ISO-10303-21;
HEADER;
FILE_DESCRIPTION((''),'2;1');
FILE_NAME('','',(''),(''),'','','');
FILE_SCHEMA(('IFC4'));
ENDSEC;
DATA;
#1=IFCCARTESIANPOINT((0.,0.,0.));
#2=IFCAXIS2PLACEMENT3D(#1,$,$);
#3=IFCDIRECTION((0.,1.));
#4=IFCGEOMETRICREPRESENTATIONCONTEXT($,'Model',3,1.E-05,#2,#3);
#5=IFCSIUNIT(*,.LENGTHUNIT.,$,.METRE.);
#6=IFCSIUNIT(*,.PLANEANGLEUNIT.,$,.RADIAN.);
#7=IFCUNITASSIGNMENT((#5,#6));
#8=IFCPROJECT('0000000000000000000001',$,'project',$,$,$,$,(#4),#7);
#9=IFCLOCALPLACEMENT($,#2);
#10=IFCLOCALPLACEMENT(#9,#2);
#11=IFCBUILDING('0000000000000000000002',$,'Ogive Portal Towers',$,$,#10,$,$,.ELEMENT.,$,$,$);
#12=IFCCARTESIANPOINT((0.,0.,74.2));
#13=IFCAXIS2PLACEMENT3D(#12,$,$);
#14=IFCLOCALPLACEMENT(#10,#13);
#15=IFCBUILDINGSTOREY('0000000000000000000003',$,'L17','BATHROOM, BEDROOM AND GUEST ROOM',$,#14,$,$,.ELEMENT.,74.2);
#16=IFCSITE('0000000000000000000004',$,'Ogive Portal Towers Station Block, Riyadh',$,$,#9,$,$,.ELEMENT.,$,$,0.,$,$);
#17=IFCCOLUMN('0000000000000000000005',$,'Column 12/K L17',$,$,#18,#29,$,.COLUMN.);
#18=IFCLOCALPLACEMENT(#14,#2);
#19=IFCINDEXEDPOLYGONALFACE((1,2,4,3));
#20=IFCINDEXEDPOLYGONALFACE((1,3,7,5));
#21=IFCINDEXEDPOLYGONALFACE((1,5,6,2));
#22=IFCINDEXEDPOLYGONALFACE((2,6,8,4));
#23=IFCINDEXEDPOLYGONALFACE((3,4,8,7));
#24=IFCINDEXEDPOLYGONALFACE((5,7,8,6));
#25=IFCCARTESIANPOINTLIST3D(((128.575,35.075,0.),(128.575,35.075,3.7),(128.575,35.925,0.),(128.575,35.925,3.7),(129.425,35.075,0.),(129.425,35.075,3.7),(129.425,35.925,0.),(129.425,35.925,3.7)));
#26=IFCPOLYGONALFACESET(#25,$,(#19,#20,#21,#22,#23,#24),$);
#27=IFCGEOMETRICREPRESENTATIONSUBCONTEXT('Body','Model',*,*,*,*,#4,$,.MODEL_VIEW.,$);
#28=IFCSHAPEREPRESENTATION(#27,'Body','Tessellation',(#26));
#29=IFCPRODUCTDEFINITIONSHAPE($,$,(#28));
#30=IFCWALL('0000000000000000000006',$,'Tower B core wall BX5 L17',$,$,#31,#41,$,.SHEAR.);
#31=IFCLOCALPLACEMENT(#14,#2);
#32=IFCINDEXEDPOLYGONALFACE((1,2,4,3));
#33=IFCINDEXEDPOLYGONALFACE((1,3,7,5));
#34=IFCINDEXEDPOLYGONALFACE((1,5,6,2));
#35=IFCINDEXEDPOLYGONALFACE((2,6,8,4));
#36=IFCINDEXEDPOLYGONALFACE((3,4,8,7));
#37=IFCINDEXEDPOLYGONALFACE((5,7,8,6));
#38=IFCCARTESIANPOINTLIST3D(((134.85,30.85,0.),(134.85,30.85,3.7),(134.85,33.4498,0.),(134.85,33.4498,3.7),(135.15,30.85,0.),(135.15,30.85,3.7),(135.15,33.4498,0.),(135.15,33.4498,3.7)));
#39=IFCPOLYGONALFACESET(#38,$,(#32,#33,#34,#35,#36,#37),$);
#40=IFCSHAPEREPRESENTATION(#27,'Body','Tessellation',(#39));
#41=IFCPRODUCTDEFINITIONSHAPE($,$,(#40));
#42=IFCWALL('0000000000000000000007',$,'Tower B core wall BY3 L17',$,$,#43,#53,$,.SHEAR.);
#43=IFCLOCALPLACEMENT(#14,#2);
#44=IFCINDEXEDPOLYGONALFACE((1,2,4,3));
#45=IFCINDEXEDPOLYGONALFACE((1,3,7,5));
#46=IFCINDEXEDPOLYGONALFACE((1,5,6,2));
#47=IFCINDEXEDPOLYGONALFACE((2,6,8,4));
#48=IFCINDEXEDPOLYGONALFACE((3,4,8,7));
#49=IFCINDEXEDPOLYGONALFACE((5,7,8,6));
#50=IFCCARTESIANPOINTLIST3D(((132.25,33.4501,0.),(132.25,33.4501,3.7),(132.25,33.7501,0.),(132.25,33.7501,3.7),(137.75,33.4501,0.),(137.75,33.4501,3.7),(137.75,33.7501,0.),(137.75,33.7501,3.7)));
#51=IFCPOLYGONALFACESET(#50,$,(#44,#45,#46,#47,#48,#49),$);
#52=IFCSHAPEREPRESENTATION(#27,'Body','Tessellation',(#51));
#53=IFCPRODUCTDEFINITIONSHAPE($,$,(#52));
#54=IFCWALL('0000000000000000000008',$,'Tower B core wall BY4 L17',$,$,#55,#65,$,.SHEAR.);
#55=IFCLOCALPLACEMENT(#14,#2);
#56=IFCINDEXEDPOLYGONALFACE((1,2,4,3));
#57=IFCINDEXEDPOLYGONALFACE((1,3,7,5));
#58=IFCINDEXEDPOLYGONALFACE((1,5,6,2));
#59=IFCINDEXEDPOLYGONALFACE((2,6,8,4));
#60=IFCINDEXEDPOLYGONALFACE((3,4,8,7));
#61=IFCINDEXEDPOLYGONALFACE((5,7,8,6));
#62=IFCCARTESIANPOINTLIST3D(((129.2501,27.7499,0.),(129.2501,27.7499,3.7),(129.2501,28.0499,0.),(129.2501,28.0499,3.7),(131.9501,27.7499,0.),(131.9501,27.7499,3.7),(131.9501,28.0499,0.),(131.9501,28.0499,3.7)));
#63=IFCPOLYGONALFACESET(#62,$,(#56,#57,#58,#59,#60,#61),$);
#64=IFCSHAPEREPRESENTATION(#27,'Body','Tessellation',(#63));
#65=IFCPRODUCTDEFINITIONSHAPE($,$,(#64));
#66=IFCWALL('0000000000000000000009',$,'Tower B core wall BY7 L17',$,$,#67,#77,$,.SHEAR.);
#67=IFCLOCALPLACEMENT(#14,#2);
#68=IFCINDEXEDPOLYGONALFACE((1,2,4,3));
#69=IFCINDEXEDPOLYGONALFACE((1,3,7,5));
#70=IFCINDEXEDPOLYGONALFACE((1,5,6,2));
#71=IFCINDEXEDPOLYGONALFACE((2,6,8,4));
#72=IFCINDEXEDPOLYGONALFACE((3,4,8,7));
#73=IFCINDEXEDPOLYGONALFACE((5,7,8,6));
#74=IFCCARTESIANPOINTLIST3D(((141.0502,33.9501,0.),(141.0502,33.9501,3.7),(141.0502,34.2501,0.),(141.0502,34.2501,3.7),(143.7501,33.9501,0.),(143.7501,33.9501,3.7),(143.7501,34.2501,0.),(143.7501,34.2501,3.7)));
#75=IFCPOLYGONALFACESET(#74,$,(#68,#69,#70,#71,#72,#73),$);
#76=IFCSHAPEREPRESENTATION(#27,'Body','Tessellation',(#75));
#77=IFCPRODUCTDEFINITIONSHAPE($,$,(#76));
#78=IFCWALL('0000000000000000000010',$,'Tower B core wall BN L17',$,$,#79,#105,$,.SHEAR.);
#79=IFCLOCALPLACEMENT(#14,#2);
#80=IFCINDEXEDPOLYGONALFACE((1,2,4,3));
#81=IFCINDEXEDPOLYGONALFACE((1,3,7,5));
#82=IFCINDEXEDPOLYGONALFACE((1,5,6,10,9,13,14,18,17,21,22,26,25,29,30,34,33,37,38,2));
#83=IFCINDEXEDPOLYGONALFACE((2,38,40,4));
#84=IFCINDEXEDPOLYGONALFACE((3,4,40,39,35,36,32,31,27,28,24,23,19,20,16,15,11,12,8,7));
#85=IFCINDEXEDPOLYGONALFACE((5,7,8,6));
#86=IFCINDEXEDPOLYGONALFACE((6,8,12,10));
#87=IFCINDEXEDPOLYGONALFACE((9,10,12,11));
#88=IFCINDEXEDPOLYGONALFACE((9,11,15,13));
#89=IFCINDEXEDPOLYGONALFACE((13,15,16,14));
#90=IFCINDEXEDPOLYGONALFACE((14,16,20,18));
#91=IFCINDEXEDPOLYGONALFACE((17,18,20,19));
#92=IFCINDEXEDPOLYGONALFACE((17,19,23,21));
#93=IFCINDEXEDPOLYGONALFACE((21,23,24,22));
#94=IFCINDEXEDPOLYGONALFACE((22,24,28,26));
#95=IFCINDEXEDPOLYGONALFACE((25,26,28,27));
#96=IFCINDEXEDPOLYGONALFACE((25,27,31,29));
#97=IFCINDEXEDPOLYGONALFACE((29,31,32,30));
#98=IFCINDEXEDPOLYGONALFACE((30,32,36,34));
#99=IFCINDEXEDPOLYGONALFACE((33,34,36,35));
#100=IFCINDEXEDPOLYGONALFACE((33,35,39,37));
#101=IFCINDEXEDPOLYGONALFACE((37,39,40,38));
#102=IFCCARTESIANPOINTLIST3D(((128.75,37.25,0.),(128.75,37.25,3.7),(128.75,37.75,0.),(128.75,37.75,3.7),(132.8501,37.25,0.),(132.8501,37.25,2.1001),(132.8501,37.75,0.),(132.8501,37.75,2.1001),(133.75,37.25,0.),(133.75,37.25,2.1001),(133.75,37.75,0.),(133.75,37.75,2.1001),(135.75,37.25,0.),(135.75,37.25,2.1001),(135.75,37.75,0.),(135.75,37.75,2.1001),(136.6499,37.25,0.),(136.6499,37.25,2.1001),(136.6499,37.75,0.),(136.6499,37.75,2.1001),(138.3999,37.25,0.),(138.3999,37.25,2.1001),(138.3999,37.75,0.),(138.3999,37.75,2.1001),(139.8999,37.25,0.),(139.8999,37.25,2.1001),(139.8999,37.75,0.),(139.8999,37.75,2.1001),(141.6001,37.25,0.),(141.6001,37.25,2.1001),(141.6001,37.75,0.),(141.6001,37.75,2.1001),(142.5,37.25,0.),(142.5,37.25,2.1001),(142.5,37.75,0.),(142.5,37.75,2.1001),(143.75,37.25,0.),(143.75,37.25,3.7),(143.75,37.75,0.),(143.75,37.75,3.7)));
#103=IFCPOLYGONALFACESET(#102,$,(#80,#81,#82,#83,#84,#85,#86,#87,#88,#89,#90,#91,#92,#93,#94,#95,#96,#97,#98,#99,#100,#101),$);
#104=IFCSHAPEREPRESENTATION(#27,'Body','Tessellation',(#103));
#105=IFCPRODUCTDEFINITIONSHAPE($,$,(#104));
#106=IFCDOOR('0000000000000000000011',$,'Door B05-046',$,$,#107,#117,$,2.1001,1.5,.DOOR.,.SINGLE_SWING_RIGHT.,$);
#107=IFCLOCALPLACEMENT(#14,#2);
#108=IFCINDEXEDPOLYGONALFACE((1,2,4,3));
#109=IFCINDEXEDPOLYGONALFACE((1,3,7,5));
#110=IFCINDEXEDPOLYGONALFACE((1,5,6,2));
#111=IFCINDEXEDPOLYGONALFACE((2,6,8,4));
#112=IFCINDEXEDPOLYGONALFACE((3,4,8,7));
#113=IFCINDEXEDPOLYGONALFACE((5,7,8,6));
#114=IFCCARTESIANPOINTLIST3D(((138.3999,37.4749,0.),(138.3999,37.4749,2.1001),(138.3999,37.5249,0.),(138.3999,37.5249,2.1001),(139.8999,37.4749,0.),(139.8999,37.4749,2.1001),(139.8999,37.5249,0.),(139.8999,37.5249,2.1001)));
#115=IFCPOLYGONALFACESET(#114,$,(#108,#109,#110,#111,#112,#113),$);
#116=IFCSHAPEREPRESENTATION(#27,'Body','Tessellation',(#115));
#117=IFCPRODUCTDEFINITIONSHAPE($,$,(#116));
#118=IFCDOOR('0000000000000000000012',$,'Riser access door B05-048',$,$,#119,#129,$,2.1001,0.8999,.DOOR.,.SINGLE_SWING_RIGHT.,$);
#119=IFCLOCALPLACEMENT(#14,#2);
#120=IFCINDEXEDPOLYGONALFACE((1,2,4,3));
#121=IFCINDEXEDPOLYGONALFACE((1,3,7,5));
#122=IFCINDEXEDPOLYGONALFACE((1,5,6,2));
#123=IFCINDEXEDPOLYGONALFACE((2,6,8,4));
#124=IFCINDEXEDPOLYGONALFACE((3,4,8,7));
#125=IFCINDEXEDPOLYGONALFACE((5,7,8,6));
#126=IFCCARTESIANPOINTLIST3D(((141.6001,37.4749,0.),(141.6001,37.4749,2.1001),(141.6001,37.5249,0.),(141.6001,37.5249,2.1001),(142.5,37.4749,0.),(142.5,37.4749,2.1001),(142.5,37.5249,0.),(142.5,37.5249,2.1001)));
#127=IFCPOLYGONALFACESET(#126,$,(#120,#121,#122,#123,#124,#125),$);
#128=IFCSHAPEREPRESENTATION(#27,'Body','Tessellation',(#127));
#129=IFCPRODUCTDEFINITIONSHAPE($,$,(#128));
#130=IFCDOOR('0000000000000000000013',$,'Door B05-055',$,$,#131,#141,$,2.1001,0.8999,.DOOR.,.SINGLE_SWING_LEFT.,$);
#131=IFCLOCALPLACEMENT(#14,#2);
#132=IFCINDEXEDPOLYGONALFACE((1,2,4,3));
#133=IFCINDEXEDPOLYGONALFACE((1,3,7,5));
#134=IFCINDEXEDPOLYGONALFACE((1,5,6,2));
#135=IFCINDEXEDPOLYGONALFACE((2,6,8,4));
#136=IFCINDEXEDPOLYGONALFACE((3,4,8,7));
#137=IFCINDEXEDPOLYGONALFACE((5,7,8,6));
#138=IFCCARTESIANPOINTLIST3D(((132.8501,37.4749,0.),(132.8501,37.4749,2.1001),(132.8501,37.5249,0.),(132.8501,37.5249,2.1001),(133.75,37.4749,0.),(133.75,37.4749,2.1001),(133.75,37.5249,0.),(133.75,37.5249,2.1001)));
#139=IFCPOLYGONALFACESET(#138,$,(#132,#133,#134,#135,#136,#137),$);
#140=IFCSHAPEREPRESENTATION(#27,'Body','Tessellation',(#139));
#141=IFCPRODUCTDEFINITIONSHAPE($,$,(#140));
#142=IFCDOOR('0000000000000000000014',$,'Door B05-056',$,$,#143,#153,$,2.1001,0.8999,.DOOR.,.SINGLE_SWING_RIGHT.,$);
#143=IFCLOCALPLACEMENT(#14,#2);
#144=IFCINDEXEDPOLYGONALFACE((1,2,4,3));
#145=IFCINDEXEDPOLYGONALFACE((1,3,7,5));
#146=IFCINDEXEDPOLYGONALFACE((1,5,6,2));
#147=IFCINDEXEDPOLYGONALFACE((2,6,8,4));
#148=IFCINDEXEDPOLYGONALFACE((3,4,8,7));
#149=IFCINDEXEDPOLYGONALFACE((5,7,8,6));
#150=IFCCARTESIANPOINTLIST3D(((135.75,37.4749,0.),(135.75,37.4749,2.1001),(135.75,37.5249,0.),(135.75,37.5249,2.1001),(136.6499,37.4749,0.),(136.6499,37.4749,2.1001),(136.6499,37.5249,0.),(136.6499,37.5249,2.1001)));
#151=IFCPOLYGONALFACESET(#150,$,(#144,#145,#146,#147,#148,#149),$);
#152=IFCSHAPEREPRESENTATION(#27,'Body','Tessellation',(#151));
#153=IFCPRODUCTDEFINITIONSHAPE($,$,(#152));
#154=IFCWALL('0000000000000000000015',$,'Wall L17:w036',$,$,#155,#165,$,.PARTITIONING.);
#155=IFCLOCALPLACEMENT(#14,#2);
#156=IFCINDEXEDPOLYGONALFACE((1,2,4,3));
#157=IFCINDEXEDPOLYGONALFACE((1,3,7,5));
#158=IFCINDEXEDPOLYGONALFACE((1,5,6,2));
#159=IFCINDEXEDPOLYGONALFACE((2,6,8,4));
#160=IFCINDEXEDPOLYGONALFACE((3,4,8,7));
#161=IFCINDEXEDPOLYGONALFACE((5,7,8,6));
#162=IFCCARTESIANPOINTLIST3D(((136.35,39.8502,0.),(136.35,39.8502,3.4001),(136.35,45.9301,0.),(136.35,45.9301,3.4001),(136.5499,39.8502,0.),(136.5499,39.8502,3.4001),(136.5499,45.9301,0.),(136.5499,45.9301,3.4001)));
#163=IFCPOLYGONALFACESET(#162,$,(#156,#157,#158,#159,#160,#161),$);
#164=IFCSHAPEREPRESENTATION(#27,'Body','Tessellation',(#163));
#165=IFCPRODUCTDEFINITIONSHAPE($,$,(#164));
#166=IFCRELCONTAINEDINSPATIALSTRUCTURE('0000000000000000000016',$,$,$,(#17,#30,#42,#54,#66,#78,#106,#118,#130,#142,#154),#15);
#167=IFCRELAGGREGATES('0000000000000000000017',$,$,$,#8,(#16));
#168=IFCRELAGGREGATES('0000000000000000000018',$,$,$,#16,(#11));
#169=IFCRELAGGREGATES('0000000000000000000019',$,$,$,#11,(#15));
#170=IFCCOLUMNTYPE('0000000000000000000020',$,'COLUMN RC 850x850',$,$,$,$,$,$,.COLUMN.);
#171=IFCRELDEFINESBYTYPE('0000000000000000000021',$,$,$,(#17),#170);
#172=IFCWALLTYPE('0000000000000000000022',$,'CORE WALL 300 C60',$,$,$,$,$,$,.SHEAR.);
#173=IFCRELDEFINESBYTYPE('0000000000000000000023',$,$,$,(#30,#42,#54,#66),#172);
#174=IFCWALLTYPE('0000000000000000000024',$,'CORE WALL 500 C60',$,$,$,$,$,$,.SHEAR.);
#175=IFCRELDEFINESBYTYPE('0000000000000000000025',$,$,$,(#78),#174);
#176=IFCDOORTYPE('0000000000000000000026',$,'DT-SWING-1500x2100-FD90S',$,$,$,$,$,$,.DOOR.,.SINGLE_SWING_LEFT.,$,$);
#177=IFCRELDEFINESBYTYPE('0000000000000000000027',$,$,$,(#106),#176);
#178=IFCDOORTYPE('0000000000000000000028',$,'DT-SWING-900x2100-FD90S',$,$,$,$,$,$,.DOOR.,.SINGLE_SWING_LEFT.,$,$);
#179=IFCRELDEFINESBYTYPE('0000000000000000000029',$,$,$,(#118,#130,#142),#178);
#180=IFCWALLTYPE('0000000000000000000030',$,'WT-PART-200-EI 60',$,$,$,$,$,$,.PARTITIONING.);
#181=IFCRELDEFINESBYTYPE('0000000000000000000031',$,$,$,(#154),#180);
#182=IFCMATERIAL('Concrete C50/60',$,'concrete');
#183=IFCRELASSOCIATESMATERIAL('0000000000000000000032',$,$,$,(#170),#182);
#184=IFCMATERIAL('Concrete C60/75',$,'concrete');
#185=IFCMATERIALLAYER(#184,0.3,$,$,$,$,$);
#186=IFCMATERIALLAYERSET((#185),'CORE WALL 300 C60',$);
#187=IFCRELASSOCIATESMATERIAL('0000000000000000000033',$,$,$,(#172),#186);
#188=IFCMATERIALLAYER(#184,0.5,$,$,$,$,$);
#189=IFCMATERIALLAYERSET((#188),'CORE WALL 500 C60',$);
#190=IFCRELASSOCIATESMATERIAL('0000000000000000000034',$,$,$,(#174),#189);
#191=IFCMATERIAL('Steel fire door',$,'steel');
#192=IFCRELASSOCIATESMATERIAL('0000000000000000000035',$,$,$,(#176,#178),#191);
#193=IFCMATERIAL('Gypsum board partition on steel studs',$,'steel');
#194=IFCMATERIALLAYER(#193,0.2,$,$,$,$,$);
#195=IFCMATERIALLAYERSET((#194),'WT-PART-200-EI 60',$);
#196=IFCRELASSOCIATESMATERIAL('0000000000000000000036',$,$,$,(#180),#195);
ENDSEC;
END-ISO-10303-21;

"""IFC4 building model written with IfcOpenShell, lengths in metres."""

from ifc_helpers import new_model, si_unit, direction, frame, frame_2d, origin, origin_2d, place, context, subcontext, project, spatial, rectangle, extrude, material, layer, layer_set, material_profile, profile_set, type_object, element, fill, save


model = new_model("IFC4")

# Units and contexts
model_context = context("Model", 3, precision=1e-05, world=origin(), true_north=direction((0.0, 1.0)))
body_context = subcontext(model_context, "Body", "Model", "MODEL_VIEW")
ifc_project = project(units=[si_unit("LENGTHUNIT", "METRE"), si_unit("PLANEANGLEUNIT", "RADIAN")], contexts=[model_context])

# Site, building, storey
site_placement = place(None, origin())
site = spatial("IfcSite", under=ifc_project, at=site_placement, Name="Ogive Portal Towers Station Block, Riyadh", CompositionType="ELEMENT", RefElevation=0.0)
building_placement = place(site_placement, origin())
building = spatial("IfcBuilding", under=site, at=building_placement, Name="Ogive Portal Towers", CompositionType="ELEMENT")
storey_placement = place(building_placement, frame((0.0, 0.0, 74.2)))
storey = spatial("IfcBuildingStorey", under=building, at=storey_placement, Name="L17", Description="BATHROOM, BEDROOM AND GUEST ROOM", CompositionType="ELEMENT", Elevation=74.2)

# Column
ifc_material_1 = material(Name="Concrete C50/60", Category="concrete")
ifc_material_profile = material_profile(ifc_material_1, rectangle(XDim=0.8501, YDim=0.8501, at=origin_2d()), Name="RC 850x850")
ifc_profile_set = profile_set([ifc_material_profile], Name="Concrete C50/60")
column_type = type_object("IfcColumnType", Name="COLUMN RC 850x850", PredefinedType="COLUMN", material=ifc_profile_set)
column_placement = place(storey_placement, frame((129.0, 35.5, 0.0), z_axis=(0.0, 0.0, 1.0), x_axis=(1.0, 0.0, 0.0)))
element("IfcColumn", 1, at=column_placement, inside=storey, type_object=column_type, Name="Column 12/K L17", PredefinedType="COLUMN", context=body_context, shape_type="SweptSolid", body=[
    extrude(rectangle(XDim=0.8501, YDim=0.8501, at=origin_2d()), origin(), (0.0, 0.0, 1.0), 3.7),
])

# Wall
ifc_material_2 = material(Name="Concrete C60/75", Category="concrete")
ifc_layer_1 = layer(ifc_material_2, 0.3)
ifc_layer_set_1 = layer_set([ifc_layer_1], Name="CORE WALL 300 C60")
wall_type_1 = type_object("IfcWallType", Name="CORE WALL 300 C60", PredefinedType="SHEAR", material=ifc_layer_set_1)
wall_1_placement = place(storey_placement, frame((135.0, 30.8501, 0.0), z_axis=(0.0, 0.0, 1.0), x_axis=(0.0, 1.0, 0.0)))
element("IfcWall", 2, at=wall_1_placement, inside=storey, type_object=wall_type_1, Name="Tower B core wall BX5 L17", PredefinedType="SHEAR", context=body_context, shape_type="SweptSolid", body=[
    extrude(rectangle(XDim=2.5999, YDim=0.3, at=frame_2d((1.2998, 0.0))), origin(), (0.0, 0.0, 1.0), 3.7),
])

# Walls
wall_2_placement = place(storey_placement, frame((132.25, 33.6001, 0.0), z_axis=(0.0, 0.0, 1.0), x_axis=(1.0, 0.0, 0.0)))
element("IfcWall", 3, at=wall_2_placement, inside=storey, type_object=wall_type_1, Name="Tower B core wall BY3 L17", PredefinedType="SHEAR", context=body_context, shape_type="SweptSolid", body=[
    extrude(rectangle(XDim=5.5, YDim=0.3, at=frame_2d((2.75, 0.0))), origin(), (0.0, 0.0, 1.0), 3.7),
])
wall_3_placement = place(storey_placement, frame((129.25, 27.8999, 0.0), z_axis=(0.0, 0.0, 1.0), x_axis=(1.0, 0.0, 0.0)))
element("IfcWall", 4, at=wall_3_placement, inside=storey, type_object=wall_type_1, Name="Tower B core wall BY4 L17", PredefinedType="SHEAR", context=body_context, shape_type="SweptSolid", body=[
    extrude(rectangle(XDim=2.7, YDim=0.3, at=frame_2d((1.3501, 0.0))), origin(), (0.0, 0.0, 1.0), 3.7),
])

# Wall
wall_4_placement = place(storey_placement, frame((141.05, 34.1001, 0.0), z_axis=(0.0, 0.0, 1.0), x_axis=(1.0, 0.0, 0.0)))
element("IfcWall", 5, at=wall_4_placement, inside=storey, type_object=wall_type_1, Name="Tower B core wall BY7 L17", PredefinedType="SHEAR", context=body_context, shape_type="SweptSolid", body=[
    extrude(rectangle(XDim=2.7, YDim=0.3, at=frame_2d((1.3501, 0.0))), origin(), (0.0, 0.0, 1.0), 3.7),
])

# Wall, openings, doors
ifc_layer_2 = layer(ifc_material_2, 0.5)
ifc_layer_set_2 = layer_set([ifc_layer_2], Name="CORE WALL 500 C60")
wall_type_2 = type_object("IfcWallType", Name="CORE WALL 500 C60", PredefinedType="SHEAR", material=ifc_layer_set_2)
wall_5_placement = place(storey_placement, frame((128.75, 37.5, 0.0), z_axis=(0.0, 0.0, 1.0), x_axis=(1.0, 0.0, 0.0)))
wall_5 = element("IfcWall", 6, at=wall_5_placement, inside=storey, type_object=wall_type_2, Name="Tower B core wall BN L17", PredefinedType="SHEAR", context=body_context, shape_type="SweptSolid", body=[
    extrude(rectangle(XDim=15.0, YDim=0.5, at=frame_2d((7.5, 0.0))), origin(), (0.0, 0.0, 1.0), 3.7),
])
opening_1_placement = place(wall_5_placement, frame((9.6499, 0.0, 0.0)))
opening_1 = element("IfcOpeningElement", 7, at=opening_1_placement, cuts=wall_5, PredefinedType="OPENING", context=body_context, shape_type="SweptSolid", body=[
    extrude(rectangle(XDim=1.5, YDim=2.1001, at=frame_2d((0.75, 1.05))), frame((0.0, 0.26, 0.0), z_axis=(0.0, -1.0, 0.0), x_axis=(1.0, 0.0, 0.0)), (0.0, 0.0, 1.0), 0.52),
])
opening_2_placement = place(wall_5_placement, frame((12.8501, 0.0, 0.0)))
opening_2 = element("IfcOpeningElement", 8, at=opening_2_placement, cuts=wall_5, PredefinedType="OPENING", context=body_context, shape_type="SweptSolid", body=[
    extrude(rectangle(XDim=0.8999, YDim=2.1001, at=frame_2d((0.45, 1.05))), frame((0.0, 0.26, 0.0), z_axis=(0.0, -1.0, 0.0), x_axis=(1.0, 0.0, 0.0)), (0.0, 0.0, 1.0), 0.52),
])
opening_3_placement = place(wall_5_placement, frame((4.1001, 0.0, 0.0)))
opening_3 = element("IfcOpeningElement", 9, at=opening_3_placement, cuts=wall_5, PredefinedType="OPENING", context=body_context, shape_type="SweptSolid", body=[
    extrude(rectangle(XDim=0.8999, YDim=2.1001, at=frame_2d((0.45, 1.05))), frame((0.0, 0.26, 0.0), z_axis=(0.0, -1.0, 0.0), x_axis=(1.0, 0.0, 0.0)), (0.0, 0.0, 1.0), 0.52),
])
opening_4_placement = place(wall_5_placement, frame((7.0, 0.0, 0.0)))
opening_4 = element("IfcOpeningElement", 10, at=opening_4_placement, cuts=wall_5, PredefinedType="OPENING", context=body_context, shape_type="SweptSolid", body=[
    extrude(rectangle(XDim=0.8999, YDim=2.1001, at=frame_2d((0.45, 1.05))), frame((0.0, 0.26, 0.0), z_axis=(0.0, -1.0, 0.0), x_axis=(1.0, 0.0, 0.0)), (0.0, 0.0, 1.0), 0.52),
])
ifc_material_3 = material(Name="Steel fire door", Category="steel")
door_type_1 = type_object("IfcDoorType", Name="DT-SWING-1500x2100-FD90S", OperationType="SINGLE_SWING_LEFT", PredefinedType="DOOR", material=ifc_material_3)
door_1_placement = place(opening_1_placement, origin())
door_1 = element("IfcDoor", 11, at=door_1_placement, inside=storey, type_object=door_type_1, Name="Door B05-046", OperationType="SINGLE_SWING_RIGHT", OverallHeight=2.1001, OverallWidth=1.5, PredefinedType="DOOR", context=body_context, shape_type="SweptSolid", body=[
    extrude(rectangle(XDim=1.5, YDim=2.1001, at=frame_2d((0.75, 1.05))), frame((0.0, 0.0249, 0.0), z_axis=(0.0, -1.0, 0.0), x_axis=(1.0, 0.0, 0.0)), (0.0, 0.0, 1.0), 0.05),
])
fill(opening_1, door_1)
door_type_2 = type_object("IfcDoorType", Name="DT-SWING-900x2100-FD90S", OperationType="SINGLE_SWING_LEFT", PredefinedType="DOOR", material=ifc_material_3)
door_2_placement = place(opening_2_placement, origin())
door_2 = element("IfcDoor", 12, at=door_2_placement, inside=storey, type_object=door_type_2, Name="Riser access door B05-048", OperationType="SINGLE_SWING_RIGHT", OverallHeight=2.1001, OverallWidth=0.8999, PredefinedType="DOOR", context=body_context, shape_type="SweptSolid", body=[
    extrude(rectangle(XDim=0.8999, YDim=2.1001, at=frame_2d((0.45, 1.05))), frame((0.0, 0.0249, 0.0), z_axis=(0.0, -1.0, 0.0), x_axis=(1.0, 0.0, 0.0)), (0.0, 0.0, 1.0), 0.05),
])
fill(opening_2, door_2)
door_3_placement = place(opening_3_placement, origin())
door_3 = element("IfcDoor", 13, at=door_3_placement, inside=storey, type_object=door_type_2, Name="Door B05-055", OperationType="SINGLE_SWING_LEFT", OverallHeight=2.1001, OverallWidth=0.8999, PredefinedType="DOOR", context=body_context, shape_type="SweptSolid", body=[
    extrude(rectangle(XDim=0.8999, YDim=2.1001, at=frame_2d((0.45, 1.05))), frame((0.0, 0.0249, 0.0), z_axis=(0.0, -1.0, 0.0), x_axis=(1.0, 0.0, 0.0)), (0.0, 0.0, 1.0), 0.05),
])
fill(opening_3, door_3)
door_4_placement = place(opening_4_placement, origin())
door_4 = element("IfcDoor", 14, at=door_4_placement, inside=storey, type_object=door_type_2, Name="Door B05-056", OperationType="SINGLE_SWING_RIGHT", OverallHeight=2.1001, OverallWidth=0.8999, PredefinedType="DOOR", context=body_context, shape_type="SweptSolid", body=[
    extrude(rectangle(XDim=0.8999, YDim=2.1001, at=frame_2d((0.45, 1.05))), frame((0.0, 0.0249, 0.0), z_axis=(0.0, -1.0, 0.0), x_axis=(1.0, 0.0, 0.0)), (0.0, 0.0, 1.0), 0.05),
])
fill(opening_4, door_4)

# Wall
ifc_material_4 = material(Name="Gypsum board partition on steel studs", Category="steel")
ifc_layer_3 = layer(ifc_material_4, 0.2)
ifc_layer_set_3 = layer_set([ifc_layer_3], Name="WT-PART-200-EI 60")
wall_type_3 = type_object("IfcWallType", Name="WT-PART-200-EI 60", PredefinedType="PARTITIONING", material=ifc_layer_set_3)
wall_6_placement = place(storey_placement, frame((136.45, 39.8501, 0.0), z_axis=(0.0, 0.0, 1.0), x_axis=(0.0, 1.0, 0.0)))
element("IfcWall", 15, at=wall_6_placement, inside=storey, type_object=wall_type_3, Name="Wall L17:w036", PredefinedType="PARTITIONING", context=body_context, shape_type="SweptSolid", body=[
    extrude(rectangle(XDim=6.0798, YDim=0.2, at=frame_2d((3.04, 0.0))), origin(), (0.0, 0.0, 1.0), 3.4001),
])

save(model, "model.ifc")
